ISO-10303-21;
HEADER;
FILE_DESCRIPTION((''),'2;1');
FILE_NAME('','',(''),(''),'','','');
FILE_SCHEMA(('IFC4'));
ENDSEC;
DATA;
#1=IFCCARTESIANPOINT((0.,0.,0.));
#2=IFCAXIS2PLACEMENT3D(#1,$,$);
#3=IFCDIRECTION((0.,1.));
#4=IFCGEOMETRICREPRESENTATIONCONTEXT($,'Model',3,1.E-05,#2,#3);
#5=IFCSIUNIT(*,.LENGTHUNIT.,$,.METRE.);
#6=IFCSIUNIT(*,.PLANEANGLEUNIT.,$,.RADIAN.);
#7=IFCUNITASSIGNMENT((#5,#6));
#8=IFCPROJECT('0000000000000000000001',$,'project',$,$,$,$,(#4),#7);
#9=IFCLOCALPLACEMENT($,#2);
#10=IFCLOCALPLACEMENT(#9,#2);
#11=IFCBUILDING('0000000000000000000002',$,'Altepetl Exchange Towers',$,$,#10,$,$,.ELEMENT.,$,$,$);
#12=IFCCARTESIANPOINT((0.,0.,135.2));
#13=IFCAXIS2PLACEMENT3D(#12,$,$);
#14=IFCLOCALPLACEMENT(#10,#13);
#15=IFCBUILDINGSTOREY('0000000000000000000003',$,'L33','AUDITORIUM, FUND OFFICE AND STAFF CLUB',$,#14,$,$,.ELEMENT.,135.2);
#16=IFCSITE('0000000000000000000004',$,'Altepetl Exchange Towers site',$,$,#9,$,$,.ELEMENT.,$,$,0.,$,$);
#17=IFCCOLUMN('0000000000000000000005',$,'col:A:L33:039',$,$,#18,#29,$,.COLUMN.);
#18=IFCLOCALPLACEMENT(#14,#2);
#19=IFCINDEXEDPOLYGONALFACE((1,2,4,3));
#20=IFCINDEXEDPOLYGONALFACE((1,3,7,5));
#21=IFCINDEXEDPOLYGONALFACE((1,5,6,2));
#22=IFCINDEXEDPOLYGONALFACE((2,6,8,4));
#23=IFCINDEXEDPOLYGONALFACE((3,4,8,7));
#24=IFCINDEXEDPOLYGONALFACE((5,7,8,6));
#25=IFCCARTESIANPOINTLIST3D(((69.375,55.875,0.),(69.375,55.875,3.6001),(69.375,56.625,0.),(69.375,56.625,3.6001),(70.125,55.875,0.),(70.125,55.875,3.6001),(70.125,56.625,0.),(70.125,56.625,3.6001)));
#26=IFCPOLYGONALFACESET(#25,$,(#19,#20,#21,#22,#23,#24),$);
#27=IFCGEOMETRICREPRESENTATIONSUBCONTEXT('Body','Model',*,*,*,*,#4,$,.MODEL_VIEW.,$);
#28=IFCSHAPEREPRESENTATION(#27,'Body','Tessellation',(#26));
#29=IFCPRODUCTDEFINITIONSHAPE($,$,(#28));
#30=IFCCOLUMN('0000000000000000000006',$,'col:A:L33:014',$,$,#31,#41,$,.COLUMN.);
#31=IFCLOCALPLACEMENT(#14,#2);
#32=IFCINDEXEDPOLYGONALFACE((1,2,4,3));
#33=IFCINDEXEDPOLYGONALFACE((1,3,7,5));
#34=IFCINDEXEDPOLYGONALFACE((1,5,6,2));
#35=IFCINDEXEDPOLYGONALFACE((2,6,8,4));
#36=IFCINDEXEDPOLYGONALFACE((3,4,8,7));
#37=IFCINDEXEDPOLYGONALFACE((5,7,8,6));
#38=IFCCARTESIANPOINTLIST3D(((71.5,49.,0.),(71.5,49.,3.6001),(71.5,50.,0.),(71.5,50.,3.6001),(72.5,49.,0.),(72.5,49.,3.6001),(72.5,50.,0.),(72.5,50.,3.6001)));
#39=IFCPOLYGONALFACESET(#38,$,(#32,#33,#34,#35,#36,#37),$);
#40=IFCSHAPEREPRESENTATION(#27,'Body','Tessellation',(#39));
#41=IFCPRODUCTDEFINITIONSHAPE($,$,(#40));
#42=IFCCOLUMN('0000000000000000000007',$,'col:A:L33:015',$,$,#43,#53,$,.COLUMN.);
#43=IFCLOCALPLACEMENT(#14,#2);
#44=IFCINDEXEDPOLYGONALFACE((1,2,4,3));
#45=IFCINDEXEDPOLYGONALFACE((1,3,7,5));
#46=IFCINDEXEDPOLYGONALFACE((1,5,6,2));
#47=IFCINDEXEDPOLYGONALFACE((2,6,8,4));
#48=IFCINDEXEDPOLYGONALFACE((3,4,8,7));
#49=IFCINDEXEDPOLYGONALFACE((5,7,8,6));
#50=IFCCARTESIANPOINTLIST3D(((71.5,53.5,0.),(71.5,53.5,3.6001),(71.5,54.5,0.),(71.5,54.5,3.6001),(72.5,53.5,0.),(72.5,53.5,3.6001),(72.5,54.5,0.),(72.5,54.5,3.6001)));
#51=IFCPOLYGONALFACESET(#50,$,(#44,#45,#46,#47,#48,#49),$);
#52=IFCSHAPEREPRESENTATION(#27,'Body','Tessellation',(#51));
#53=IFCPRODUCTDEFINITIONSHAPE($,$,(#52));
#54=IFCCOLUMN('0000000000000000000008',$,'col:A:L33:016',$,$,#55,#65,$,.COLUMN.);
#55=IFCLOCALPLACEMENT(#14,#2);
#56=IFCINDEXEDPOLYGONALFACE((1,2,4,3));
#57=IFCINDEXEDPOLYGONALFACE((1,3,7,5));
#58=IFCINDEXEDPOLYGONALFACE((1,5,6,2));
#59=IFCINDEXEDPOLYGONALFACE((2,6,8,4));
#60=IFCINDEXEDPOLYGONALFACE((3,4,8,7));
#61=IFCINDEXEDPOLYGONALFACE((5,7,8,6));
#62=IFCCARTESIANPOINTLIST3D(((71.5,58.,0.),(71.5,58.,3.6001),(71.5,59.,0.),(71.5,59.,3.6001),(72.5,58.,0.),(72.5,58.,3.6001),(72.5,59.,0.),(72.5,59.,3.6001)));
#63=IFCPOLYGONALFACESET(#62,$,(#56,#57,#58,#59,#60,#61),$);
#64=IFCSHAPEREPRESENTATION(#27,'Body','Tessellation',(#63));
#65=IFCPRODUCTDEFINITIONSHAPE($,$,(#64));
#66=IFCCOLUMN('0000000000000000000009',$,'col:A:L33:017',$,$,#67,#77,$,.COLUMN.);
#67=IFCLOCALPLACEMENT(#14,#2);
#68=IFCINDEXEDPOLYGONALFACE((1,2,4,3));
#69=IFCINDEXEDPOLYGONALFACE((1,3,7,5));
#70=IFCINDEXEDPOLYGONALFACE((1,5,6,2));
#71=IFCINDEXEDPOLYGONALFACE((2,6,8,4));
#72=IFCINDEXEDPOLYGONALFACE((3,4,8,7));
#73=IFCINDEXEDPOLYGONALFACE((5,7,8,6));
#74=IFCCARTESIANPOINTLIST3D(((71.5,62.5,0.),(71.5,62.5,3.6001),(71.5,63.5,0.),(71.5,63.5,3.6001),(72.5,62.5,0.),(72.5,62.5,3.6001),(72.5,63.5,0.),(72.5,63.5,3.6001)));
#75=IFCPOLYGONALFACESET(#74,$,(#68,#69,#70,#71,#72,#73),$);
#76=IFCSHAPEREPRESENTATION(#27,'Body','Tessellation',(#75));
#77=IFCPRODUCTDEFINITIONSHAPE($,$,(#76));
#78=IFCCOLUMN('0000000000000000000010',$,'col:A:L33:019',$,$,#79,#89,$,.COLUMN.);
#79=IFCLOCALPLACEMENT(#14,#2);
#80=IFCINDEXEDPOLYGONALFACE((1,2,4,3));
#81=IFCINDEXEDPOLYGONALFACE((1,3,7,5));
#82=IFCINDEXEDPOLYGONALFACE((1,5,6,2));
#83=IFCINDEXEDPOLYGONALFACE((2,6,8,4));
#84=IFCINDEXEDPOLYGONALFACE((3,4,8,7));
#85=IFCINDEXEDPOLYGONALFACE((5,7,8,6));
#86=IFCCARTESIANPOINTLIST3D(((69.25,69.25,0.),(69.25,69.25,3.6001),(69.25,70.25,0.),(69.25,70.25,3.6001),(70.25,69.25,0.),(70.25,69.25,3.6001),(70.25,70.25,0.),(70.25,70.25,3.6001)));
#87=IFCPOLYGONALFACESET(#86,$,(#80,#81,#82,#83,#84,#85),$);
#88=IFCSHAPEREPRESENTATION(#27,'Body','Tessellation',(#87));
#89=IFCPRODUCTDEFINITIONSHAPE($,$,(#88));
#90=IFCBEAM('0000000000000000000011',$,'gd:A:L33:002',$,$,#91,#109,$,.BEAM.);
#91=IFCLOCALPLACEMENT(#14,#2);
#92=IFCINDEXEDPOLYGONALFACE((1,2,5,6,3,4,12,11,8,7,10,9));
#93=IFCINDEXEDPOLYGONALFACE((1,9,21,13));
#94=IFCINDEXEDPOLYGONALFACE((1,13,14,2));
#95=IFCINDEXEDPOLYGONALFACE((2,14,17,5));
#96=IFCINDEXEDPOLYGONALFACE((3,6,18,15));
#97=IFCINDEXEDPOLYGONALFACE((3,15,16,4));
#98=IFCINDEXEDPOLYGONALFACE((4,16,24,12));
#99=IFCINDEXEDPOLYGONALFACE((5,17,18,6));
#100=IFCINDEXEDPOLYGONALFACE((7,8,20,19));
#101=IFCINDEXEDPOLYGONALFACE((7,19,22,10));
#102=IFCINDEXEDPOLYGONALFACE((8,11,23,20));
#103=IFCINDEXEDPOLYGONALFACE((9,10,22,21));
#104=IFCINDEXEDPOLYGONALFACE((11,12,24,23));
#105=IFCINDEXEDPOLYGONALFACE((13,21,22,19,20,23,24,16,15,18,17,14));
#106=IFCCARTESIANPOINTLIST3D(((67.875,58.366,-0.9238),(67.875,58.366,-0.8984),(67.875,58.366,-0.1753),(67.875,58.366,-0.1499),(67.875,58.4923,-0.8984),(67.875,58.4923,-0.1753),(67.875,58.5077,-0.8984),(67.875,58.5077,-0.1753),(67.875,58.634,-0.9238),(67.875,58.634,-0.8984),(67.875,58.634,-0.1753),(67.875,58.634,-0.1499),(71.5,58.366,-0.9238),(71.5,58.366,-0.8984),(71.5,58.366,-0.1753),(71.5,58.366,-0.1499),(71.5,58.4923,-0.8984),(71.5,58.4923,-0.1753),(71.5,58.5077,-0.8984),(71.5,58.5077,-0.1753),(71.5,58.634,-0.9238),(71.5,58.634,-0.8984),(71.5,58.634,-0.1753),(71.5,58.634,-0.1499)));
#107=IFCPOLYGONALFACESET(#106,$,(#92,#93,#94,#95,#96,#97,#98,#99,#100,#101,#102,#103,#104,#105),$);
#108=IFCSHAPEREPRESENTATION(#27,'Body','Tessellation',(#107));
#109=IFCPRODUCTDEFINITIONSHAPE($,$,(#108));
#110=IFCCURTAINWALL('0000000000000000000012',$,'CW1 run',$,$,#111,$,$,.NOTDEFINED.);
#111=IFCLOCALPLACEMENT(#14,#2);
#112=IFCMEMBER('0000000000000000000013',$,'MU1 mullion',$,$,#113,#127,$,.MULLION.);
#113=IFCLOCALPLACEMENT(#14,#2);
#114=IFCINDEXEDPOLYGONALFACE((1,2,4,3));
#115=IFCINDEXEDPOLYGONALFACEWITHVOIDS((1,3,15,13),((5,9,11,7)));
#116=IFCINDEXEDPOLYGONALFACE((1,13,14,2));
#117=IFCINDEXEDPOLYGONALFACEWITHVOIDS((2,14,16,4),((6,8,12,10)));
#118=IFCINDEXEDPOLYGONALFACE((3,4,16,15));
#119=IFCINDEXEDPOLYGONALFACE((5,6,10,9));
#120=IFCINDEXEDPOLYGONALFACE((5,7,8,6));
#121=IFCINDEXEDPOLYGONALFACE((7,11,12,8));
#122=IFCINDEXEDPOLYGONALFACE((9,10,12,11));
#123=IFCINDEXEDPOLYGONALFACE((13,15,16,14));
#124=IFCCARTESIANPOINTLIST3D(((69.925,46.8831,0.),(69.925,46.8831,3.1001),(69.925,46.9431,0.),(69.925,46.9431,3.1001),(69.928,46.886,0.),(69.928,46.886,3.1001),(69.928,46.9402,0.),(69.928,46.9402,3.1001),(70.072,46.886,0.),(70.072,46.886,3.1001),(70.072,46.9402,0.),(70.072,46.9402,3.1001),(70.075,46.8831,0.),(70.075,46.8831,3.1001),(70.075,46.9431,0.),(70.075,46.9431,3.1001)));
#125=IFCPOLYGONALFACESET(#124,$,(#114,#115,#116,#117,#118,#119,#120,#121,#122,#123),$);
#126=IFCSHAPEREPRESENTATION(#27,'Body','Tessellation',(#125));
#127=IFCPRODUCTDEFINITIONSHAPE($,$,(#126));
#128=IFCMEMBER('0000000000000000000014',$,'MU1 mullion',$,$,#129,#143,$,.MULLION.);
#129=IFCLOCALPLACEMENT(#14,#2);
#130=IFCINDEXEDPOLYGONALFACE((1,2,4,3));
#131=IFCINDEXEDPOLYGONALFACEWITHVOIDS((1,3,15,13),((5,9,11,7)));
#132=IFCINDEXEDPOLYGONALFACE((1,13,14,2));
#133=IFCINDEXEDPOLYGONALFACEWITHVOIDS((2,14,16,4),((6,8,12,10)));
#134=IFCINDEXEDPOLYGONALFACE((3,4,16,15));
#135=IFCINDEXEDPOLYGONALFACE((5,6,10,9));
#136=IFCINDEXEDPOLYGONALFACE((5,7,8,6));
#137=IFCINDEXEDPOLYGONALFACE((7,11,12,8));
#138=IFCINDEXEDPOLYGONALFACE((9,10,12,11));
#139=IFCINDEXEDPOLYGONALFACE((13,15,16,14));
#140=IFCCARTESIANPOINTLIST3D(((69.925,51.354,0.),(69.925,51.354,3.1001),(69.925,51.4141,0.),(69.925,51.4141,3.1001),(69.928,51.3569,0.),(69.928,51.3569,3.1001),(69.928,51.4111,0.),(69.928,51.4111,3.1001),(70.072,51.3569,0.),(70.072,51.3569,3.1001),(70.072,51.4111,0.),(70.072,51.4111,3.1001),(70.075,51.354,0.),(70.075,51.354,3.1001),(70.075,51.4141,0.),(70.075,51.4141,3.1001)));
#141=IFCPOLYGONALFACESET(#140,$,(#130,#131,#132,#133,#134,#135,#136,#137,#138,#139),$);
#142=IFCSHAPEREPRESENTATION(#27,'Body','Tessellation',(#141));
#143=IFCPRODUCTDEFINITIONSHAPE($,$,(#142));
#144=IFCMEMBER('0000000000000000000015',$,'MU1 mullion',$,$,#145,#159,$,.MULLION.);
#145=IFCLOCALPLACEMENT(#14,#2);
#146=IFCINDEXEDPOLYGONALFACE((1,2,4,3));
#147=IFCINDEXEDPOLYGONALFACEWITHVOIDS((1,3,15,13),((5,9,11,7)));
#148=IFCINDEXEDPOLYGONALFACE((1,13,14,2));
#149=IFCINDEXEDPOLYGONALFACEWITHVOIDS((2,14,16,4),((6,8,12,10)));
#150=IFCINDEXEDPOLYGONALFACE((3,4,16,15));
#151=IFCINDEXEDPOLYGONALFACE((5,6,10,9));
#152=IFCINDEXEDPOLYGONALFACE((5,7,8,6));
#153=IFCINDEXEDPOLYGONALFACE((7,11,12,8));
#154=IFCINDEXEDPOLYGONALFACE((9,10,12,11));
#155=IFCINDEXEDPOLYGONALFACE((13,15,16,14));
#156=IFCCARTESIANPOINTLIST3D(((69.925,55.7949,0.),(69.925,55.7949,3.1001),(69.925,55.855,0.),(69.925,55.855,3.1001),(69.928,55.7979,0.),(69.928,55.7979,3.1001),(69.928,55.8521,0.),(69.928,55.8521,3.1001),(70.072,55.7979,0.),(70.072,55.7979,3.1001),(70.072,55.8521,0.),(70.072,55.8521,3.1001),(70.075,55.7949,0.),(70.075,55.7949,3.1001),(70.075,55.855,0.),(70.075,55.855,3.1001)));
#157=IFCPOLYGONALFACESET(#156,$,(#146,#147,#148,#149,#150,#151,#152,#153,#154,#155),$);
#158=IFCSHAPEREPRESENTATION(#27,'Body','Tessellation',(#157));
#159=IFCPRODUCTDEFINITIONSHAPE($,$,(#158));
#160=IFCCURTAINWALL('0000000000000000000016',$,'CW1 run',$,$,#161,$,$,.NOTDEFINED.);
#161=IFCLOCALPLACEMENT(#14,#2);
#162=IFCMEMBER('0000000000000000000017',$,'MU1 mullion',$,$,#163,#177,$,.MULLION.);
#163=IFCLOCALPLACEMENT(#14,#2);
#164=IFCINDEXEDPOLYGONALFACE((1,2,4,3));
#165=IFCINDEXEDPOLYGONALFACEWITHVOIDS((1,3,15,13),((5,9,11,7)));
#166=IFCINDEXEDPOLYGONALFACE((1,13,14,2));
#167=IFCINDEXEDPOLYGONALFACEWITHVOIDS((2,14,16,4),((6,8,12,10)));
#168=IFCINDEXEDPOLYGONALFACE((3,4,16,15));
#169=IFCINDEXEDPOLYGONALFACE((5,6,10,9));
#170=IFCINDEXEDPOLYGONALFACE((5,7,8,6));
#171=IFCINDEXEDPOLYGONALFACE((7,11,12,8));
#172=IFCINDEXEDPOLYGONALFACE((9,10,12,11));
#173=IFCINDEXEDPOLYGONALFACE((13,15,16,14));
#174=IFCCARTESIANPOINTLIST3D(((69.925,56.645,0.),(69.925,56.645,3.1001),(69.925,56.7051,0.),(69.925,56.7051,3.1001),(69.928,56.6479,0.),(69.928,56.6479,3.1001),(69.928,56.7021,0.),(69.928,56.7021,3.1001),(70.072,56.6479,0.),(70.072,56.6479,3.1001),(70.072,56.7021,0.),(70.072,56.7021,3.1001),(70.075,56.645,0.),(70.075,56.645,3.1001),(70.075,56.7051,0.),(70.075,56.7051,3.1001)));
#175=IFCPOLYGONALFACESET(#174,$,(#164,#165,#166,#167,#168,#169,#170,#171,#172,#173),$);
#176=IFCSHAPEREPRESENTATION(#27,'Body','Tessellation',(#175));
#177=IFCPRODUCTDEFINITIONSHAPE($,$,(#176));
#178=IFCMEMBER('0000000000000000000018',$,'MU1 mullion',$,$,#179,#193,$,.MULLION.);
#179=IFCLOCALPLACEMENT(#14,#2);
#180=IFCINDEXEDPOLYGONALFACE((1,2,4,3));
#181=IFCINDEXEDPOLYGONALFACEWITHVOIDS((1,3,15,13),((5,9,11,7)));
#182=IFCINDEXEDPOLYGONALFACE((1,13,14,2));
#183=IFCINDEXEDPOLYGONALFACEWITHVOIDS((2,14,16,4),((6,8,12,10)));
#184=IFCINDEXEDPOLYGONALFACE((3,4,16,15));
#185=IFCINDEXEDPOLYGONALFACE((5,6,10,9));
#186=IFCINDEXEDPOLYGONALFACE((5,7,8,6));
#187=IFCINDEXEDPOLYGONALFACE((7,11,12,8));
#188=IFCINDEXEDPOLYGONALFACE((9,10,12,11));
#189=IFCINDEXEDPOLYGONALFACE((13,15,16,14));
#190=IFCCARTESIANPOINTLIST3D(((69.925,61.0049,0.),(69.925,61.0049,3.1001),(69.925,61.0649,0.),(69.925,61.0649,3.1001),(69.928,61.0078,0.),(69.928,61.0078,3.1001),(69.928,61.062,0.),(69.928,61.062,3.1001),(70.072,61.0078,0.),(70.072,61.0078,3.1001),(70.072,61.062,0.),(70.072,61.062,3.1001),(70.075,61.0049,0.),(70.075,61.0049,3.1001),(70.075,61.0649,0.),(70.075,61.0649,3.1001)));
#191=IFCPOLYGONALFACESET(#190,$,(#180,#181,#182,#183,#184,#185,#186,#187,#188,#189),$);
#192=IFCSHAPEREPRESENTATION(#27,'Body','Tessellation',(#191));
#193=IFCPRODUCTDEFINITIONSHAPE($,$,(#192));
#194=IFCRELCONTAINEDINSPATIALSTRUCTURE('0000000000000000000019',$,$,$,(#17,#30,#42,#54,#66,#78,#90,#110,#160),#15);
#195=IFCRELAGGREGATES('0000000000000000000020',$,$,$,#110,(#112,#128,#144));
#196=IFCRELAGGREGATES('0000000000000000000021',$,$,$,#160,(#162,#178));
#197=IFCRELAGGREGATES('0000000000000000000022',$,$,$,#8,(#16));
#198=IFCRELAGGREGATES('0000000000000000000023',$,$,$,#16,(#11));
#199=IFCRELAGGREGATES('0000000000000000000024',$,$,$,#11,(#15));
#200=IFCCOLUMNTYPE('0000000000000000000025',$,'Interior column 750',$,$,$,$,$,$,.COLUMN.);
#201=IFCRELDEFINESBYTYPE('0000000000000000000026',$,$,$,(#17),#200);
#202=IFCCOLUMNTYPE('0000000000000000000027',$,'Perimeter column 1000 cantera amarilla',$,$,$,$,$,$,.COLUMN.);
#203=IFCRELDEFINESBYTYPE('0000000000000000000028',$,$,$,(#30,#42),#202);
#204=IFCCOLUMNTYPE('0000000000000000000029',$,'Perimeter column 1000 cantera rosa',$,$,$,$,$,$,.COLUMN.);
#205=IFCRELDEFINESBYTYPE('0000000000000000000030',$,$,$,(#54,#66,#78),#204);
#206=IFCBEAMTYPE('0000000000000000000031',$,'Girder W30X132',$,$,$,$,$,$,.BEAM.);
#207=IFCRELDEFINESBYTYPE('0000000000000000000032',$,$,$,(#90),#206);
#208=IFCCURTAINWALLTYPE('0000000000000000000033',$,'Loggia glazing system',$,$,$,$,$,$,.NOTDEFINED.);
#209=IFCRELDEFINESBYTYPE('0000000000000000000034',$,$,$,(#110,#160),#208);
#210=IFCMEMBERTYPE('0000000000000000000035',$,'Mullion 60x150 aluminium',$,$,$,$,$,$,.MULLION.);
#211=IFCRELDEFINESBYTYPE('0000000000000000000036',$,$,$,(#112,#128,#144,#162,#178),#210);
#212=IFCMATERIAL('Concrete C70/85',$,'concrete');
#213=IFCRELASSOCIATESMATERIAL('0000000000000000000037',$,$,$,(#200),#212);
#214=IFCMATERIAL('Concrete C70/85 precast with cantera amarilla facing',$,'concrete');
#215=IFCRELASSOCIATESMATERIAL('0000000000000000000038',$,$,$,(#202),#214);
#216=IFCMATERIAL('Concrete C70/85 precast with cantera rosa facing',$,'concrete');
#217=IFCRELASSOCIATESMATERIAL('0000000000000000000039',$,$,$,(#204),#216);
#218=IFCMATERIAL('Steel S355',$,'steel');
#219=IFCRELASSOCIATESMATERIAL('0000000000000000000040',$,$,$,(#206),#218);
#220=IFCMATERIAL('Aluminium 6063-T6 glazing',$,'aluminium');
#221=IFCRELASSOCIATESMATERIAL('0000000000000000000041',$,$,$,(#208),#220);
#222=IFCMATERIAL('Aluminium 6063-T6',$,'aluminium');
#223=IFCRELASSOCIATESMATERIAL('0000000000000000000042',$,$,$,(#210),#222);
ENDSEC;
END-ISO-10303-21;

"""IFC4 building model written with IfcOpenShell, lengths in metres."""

from ifc_helpers import new_model, si_unit, direction, frame, origin, origin_2d, place, context, subcontext, project, spatial, rectangle, hollow_rectangle, i_section, extrude, material, material_profile, profile_set, type_object, element, aggregate, save


model = new_model("IFC4")

# Units and contexts
model_context = context("Model", 3, precision=1e-05, world=origin(), true_north=direction((0.0, 1.0)))
body_context = subcontext(model_context, "Body", "Model", "MODEL_VIEW")
ifc_project = project(units=[si_unit("LENGTHUNIT", "METRE"), si_unit("PLANEANGLEUNIT", "RADIAN")], contexts=[model_context])

# Site, building, storey
site_placement = place(None, origin())
site = spatial("IfcSite", under=ifc_project, at=site_placement, Name="Altepetl Exchange Towers site", CompositionType="ELEMENT", RefElevation=0.0)
building_placement = place(site_placement, origin())
building = spatial("IfcBuilding", under=site, at=building_placement, Name="Altepetl Exchange Towers", CompositionType="ELEMENT")
storey_placement = place(building_placement, frame((0.0, 0.0, 135.2)))
storey = spatial("IfcBuildingStorey", under=building, at=storey_placement, Name="L33", Description="AUDITORIUM, FUND OFFICE AND STAFF CLUB", CompositionType="ELEMENT", Elevation=135.2)

# Columns
ifc_material_1 = material(Name="Concrete C70/85", Category="concrete")
ifc_material_profile_1 = material_profile(ifc_material_1, rectangle(XDim=0.75, YDim=0.75, at=origin_2d()), Name="750 x 750")
ifc_profile_set_1 = profile_set([ifc_material_profile_1], Name="Concrete C70/85")
column_type_1 = type_object("IfcColumnType", Name="Interior column 750", PredefinedType="COLUMN", material=ifc_profile_set_1)
column_placement = place(storey_placement, frame((69.75, 56.25, 0.0)))
element("IfcColumn", 1, at=column_placement, inside=storey, type_object=column_type_1, Name="col:A:L33:039", PredefinedType="COLUMN", context=body_context, shape_type="SweptSolid", body=[
    extrude(rectangle(XDim=0.75, YDim=0.75, at=origin_2d()), origin(), (0.0, 0.0, 1.0), 3.6001),
])
ifc_material_2 = material(Name="Concrete C70/85 precast with cantera amarilla facing", Category="concrete")
ifc_material_profile_2 = material_profile(ifc_material_2, rectangle(XDim=1.0, YDim=1.0, at=origin_2d()), Name="1000 x 1000")
ifc_profile_set_2 = profile_set([ifc_material_profile_2], Name="Concrete C70/85 precast with cantera amarilla facing")
column_type_2 = type_object("IfcColumnType", Name="Perimeter column 1000 cantera amarilla", PredefinedType="COLUMN", material=ifc_profile_set_2)
for number, where, name in (
    (2, (72.0, 49.5, 0.0), "col:A:L33:014"),
    (3, (72.0, 54.0, 0.0), "col:A:L33:015"),
):
    element("IfcColumn", number, at=place(storey_placement, frame(where)), inside=storey, type_object=column_type_2, Name=name, PredefinedType="COLUMN", context=body_context, shape_type="SweptSolid", body=[
        extrude(rectangle(XDim=1.0, YDim=1.0, at=origin_2d()), origin(), (0.0, 0.0, 1.0), 3.6001),
    ])
ifc_material_3 = material(Name="Concrete C70/85 precast with cantera rosa facing", Category="concrete")
ifc_material_profile_3 = material_profile(ifc_material_3, rectangle(XDim=1.0, YDim=1.0, at=origin_2d()), Name="1000 x 1000")
ifc_profile_set_3 = profile_set([ifc_material_profile_3], Name="Concrete C70/85 precast with cantera rosa facing")
column_type_3 = type_object("IfcColumnType", Name="Perimeter column 1000 cantera rosa", PredefinedType="COLUMN", material=ifc_profile_set_3)
for number, where, name in (
    (4, (72.0, 58.5, 0.0), "col:A:L33:016"),
    (5, (72.0, 63.0, 0.0), "col:A:L33:017"),
    (6, (69.75, 69.75, 0.0), "col:A:L33:019"),
):
    element("IfcColumn", number, at=place(storey_placement, frame(where)), inside=storey, type_object=column_type_3, Name=name, PredefinedType="COLUMN", context=body_context, shape_type="SweptSolid", body=[
        extrude(rectangle(XDim=1.0, YDim=1.0, at=origin_2d()), origin(), (0.0, 0.0, 1.0), 3.6001),
    ])

# Beam
ifc_material_4 = material(Name="Steel S355", Category="steel")
ifc_material_profile_4 = material_profile(ifc_material_4, i_section(OverallWidth=0.2681, OverallDepth=0.7739, WebThickness=0.0154, FlangeThickness=0.0254, at=origin_2d()), Name="W30X132")
ifc_profile_set_4 = profile_set([ifc_material_profile_4], Name="Steel S355")
beam_type_1 = type_object("IfcBeamType", Name="Girder W30X132", PredefinedType="BEAM", material=ifc_profile_set_4)
beam_1_placement = place(storey_placement, frame((67.875, 58.5, -0.5369), z_axis=(1.0, 0.0, 0.0), x_axis=(0.0, 1.0, 0.0)))
element("IfcBeam", 7, at=beam_1_placement, inside=storey, type_object=beam_type_1, Name="gd:A:L33:002", PredefinedType="BEAM", context=body_context, shape_type="SweptSolid", body=[
    extrude(i_section(OverallWidth=0.2681, OverallDepth=0.7739, WebThickness=0.0154, FlangeThickness=0.0254, at=origin_2d()), origin(), (0.0, 0.0, 1.0), 3.625),
])

# Curtain walls, members
ifc_material_5 = material(Name="Aluminium 6063-T6 glazing", Category="aluminium")
curtain_wall_type = type_object("IfcCurtainWallType", Name="Loggia glazing system", PredefinedType="NOTDEFINED", material=ifc_material_5)
curtain_wall_1_placement = place(storey_placement, origin())
curtain_wall_1 = element("IfcCurtainWall", 8, at=curtain_wall_1_placement, inside=storey, type_object=curtain_wall_type, Name="CW1 run", PredefinedType="NOTDEFINED")
ifc_material_6 = material(Name="Aluminium 6063-T6", Category="aluminium")
ifc_material_profile_5 = material_profile(ifc_material_6, hollow_rectangle(XDim=0.0601, YDim=0.1499, WallThickness=0.0029, at=origin_2d()), Name="Mullion 60x150 aluminium")
ifc_profile_set_5 = profile_set([ifc_material_profile_5], Name="Aluminium 6063-T6")
member_type = type_object("IfcMemberType", Name="Mullion 60x150 aluminium", PredefinedType="MULLION", material=ifc_profile_set_5)
member_1_placement = place(storey_placement, frame((70.0, 46.9131, 0.0), z_axis=(0.0, 0.0, 1.0), x_axis=(0.0, 1.0, 0.0)))
member_1 = element("IfcMember", 9, at=member_1_placement, type_object=member_type, Name="MU1 mullion", PredefinedType="MULLION", context=body_context, shape_type="SweptSolid", body=[
    extrude(hollow_rectangle(XDim=0.0601, YDim=0.1499, WallThickness=0.0029, at=origin_2d()), origin(), (0.0, 0.0, 1.0), 3.1001),
])
member_2_placement = place(storey_placement, frame((70.0, 51.384, 0.0), z_axis=(0.0, 0.0, 1.0), x_axis=(0.0, 1.0, 0.0)))
member_2 = element("IfcMember", 10, at=member_2_placement, type_object=member_type, Name="MU1 mullion", PredefinedType="MULLION", context=body_context, shape_type="SweptSolid", body=[
    extrude(hollow_rectangle(XDim=0.0601, YDim=0.1499, WallThickness=0.0029, at=origin_2d()), origin(), (0.0, 0.0, 1.0), 3.1001),
])
member_3_placement = place(storey_placement, frame((70.0, 55.825, 0.0), z_axis=(0.0, 0.0, 1.0), x_axis=(0.0, 1.0, 0.0)))
member_3 = element("IfcMember", 11, at=member_3_placement, type_object=member_type, Name="MU1 mullion", PredefinedType="MULLION", context=body_context, shape_type="SweptSolid", body=[
    extrude(hollow_rectangle(XDim=0.0601, YDim=0.1499, WallThickness=0.0029, at=origin_2d()), origin(), (0.0, 0.0, 1.0), 3.1001),
])
curtain_wall_2_placement = place(storey_placement, origin())
curtain_wall_2 = element("IfcCurtainWall", 12, at=curtain_wall_2_placement, inside=storey, type_object=curtain_wall_type, Name="CW1 run", PredefinedType="NOTDEFINED")
member_4_placement = place(storey_placement, frame((70.0, 56.675, 0.0), z_axis=(0.0, 0.0, 1.0), x_axis=(0.0, 1.0, 0.0)))
member_4 = element("IfcMember", 13, at=member_4_placement, type_object=member_type, Name="MU1 mullion", PredefinedType="MULLION", context=body_context, shape_type="SweptSolid", body=[
    extrude(hollow_rectangle(XDim=0.0601, YDim=0.1499, WallThickness=0.0029, at=origin_2d()), origin(), (0.0, 0.0, 1.0), 3.1001),
])
member_5_placement = place(storey_placement, frame((70.0, 61.0349, 0.0), z_axis=(0.0, 0.0, 1.0), x_axis=(0.0, 1.0, 0.0)))
member_5 = element("IfcMember", 14, at=member_5_placement, type_object=member_type, Name="MU1 mullion", PredefinedType="MULLION", context=body_context, shape_type="SweptSolid", body=[
    extrude(hollow_rectangle(XDim=0.0601, YDim=0.1499, WallThickness=0.0029, at=origin_2d()), origin(), (0.0, 0.0, 1.0), 3.1001),
])

aggregate(curtain_wall_1, [member_1, member_2, member_3])
aggregate(curtain_wall_2, [member_4, member_5])

save(model, "model.ifc")
